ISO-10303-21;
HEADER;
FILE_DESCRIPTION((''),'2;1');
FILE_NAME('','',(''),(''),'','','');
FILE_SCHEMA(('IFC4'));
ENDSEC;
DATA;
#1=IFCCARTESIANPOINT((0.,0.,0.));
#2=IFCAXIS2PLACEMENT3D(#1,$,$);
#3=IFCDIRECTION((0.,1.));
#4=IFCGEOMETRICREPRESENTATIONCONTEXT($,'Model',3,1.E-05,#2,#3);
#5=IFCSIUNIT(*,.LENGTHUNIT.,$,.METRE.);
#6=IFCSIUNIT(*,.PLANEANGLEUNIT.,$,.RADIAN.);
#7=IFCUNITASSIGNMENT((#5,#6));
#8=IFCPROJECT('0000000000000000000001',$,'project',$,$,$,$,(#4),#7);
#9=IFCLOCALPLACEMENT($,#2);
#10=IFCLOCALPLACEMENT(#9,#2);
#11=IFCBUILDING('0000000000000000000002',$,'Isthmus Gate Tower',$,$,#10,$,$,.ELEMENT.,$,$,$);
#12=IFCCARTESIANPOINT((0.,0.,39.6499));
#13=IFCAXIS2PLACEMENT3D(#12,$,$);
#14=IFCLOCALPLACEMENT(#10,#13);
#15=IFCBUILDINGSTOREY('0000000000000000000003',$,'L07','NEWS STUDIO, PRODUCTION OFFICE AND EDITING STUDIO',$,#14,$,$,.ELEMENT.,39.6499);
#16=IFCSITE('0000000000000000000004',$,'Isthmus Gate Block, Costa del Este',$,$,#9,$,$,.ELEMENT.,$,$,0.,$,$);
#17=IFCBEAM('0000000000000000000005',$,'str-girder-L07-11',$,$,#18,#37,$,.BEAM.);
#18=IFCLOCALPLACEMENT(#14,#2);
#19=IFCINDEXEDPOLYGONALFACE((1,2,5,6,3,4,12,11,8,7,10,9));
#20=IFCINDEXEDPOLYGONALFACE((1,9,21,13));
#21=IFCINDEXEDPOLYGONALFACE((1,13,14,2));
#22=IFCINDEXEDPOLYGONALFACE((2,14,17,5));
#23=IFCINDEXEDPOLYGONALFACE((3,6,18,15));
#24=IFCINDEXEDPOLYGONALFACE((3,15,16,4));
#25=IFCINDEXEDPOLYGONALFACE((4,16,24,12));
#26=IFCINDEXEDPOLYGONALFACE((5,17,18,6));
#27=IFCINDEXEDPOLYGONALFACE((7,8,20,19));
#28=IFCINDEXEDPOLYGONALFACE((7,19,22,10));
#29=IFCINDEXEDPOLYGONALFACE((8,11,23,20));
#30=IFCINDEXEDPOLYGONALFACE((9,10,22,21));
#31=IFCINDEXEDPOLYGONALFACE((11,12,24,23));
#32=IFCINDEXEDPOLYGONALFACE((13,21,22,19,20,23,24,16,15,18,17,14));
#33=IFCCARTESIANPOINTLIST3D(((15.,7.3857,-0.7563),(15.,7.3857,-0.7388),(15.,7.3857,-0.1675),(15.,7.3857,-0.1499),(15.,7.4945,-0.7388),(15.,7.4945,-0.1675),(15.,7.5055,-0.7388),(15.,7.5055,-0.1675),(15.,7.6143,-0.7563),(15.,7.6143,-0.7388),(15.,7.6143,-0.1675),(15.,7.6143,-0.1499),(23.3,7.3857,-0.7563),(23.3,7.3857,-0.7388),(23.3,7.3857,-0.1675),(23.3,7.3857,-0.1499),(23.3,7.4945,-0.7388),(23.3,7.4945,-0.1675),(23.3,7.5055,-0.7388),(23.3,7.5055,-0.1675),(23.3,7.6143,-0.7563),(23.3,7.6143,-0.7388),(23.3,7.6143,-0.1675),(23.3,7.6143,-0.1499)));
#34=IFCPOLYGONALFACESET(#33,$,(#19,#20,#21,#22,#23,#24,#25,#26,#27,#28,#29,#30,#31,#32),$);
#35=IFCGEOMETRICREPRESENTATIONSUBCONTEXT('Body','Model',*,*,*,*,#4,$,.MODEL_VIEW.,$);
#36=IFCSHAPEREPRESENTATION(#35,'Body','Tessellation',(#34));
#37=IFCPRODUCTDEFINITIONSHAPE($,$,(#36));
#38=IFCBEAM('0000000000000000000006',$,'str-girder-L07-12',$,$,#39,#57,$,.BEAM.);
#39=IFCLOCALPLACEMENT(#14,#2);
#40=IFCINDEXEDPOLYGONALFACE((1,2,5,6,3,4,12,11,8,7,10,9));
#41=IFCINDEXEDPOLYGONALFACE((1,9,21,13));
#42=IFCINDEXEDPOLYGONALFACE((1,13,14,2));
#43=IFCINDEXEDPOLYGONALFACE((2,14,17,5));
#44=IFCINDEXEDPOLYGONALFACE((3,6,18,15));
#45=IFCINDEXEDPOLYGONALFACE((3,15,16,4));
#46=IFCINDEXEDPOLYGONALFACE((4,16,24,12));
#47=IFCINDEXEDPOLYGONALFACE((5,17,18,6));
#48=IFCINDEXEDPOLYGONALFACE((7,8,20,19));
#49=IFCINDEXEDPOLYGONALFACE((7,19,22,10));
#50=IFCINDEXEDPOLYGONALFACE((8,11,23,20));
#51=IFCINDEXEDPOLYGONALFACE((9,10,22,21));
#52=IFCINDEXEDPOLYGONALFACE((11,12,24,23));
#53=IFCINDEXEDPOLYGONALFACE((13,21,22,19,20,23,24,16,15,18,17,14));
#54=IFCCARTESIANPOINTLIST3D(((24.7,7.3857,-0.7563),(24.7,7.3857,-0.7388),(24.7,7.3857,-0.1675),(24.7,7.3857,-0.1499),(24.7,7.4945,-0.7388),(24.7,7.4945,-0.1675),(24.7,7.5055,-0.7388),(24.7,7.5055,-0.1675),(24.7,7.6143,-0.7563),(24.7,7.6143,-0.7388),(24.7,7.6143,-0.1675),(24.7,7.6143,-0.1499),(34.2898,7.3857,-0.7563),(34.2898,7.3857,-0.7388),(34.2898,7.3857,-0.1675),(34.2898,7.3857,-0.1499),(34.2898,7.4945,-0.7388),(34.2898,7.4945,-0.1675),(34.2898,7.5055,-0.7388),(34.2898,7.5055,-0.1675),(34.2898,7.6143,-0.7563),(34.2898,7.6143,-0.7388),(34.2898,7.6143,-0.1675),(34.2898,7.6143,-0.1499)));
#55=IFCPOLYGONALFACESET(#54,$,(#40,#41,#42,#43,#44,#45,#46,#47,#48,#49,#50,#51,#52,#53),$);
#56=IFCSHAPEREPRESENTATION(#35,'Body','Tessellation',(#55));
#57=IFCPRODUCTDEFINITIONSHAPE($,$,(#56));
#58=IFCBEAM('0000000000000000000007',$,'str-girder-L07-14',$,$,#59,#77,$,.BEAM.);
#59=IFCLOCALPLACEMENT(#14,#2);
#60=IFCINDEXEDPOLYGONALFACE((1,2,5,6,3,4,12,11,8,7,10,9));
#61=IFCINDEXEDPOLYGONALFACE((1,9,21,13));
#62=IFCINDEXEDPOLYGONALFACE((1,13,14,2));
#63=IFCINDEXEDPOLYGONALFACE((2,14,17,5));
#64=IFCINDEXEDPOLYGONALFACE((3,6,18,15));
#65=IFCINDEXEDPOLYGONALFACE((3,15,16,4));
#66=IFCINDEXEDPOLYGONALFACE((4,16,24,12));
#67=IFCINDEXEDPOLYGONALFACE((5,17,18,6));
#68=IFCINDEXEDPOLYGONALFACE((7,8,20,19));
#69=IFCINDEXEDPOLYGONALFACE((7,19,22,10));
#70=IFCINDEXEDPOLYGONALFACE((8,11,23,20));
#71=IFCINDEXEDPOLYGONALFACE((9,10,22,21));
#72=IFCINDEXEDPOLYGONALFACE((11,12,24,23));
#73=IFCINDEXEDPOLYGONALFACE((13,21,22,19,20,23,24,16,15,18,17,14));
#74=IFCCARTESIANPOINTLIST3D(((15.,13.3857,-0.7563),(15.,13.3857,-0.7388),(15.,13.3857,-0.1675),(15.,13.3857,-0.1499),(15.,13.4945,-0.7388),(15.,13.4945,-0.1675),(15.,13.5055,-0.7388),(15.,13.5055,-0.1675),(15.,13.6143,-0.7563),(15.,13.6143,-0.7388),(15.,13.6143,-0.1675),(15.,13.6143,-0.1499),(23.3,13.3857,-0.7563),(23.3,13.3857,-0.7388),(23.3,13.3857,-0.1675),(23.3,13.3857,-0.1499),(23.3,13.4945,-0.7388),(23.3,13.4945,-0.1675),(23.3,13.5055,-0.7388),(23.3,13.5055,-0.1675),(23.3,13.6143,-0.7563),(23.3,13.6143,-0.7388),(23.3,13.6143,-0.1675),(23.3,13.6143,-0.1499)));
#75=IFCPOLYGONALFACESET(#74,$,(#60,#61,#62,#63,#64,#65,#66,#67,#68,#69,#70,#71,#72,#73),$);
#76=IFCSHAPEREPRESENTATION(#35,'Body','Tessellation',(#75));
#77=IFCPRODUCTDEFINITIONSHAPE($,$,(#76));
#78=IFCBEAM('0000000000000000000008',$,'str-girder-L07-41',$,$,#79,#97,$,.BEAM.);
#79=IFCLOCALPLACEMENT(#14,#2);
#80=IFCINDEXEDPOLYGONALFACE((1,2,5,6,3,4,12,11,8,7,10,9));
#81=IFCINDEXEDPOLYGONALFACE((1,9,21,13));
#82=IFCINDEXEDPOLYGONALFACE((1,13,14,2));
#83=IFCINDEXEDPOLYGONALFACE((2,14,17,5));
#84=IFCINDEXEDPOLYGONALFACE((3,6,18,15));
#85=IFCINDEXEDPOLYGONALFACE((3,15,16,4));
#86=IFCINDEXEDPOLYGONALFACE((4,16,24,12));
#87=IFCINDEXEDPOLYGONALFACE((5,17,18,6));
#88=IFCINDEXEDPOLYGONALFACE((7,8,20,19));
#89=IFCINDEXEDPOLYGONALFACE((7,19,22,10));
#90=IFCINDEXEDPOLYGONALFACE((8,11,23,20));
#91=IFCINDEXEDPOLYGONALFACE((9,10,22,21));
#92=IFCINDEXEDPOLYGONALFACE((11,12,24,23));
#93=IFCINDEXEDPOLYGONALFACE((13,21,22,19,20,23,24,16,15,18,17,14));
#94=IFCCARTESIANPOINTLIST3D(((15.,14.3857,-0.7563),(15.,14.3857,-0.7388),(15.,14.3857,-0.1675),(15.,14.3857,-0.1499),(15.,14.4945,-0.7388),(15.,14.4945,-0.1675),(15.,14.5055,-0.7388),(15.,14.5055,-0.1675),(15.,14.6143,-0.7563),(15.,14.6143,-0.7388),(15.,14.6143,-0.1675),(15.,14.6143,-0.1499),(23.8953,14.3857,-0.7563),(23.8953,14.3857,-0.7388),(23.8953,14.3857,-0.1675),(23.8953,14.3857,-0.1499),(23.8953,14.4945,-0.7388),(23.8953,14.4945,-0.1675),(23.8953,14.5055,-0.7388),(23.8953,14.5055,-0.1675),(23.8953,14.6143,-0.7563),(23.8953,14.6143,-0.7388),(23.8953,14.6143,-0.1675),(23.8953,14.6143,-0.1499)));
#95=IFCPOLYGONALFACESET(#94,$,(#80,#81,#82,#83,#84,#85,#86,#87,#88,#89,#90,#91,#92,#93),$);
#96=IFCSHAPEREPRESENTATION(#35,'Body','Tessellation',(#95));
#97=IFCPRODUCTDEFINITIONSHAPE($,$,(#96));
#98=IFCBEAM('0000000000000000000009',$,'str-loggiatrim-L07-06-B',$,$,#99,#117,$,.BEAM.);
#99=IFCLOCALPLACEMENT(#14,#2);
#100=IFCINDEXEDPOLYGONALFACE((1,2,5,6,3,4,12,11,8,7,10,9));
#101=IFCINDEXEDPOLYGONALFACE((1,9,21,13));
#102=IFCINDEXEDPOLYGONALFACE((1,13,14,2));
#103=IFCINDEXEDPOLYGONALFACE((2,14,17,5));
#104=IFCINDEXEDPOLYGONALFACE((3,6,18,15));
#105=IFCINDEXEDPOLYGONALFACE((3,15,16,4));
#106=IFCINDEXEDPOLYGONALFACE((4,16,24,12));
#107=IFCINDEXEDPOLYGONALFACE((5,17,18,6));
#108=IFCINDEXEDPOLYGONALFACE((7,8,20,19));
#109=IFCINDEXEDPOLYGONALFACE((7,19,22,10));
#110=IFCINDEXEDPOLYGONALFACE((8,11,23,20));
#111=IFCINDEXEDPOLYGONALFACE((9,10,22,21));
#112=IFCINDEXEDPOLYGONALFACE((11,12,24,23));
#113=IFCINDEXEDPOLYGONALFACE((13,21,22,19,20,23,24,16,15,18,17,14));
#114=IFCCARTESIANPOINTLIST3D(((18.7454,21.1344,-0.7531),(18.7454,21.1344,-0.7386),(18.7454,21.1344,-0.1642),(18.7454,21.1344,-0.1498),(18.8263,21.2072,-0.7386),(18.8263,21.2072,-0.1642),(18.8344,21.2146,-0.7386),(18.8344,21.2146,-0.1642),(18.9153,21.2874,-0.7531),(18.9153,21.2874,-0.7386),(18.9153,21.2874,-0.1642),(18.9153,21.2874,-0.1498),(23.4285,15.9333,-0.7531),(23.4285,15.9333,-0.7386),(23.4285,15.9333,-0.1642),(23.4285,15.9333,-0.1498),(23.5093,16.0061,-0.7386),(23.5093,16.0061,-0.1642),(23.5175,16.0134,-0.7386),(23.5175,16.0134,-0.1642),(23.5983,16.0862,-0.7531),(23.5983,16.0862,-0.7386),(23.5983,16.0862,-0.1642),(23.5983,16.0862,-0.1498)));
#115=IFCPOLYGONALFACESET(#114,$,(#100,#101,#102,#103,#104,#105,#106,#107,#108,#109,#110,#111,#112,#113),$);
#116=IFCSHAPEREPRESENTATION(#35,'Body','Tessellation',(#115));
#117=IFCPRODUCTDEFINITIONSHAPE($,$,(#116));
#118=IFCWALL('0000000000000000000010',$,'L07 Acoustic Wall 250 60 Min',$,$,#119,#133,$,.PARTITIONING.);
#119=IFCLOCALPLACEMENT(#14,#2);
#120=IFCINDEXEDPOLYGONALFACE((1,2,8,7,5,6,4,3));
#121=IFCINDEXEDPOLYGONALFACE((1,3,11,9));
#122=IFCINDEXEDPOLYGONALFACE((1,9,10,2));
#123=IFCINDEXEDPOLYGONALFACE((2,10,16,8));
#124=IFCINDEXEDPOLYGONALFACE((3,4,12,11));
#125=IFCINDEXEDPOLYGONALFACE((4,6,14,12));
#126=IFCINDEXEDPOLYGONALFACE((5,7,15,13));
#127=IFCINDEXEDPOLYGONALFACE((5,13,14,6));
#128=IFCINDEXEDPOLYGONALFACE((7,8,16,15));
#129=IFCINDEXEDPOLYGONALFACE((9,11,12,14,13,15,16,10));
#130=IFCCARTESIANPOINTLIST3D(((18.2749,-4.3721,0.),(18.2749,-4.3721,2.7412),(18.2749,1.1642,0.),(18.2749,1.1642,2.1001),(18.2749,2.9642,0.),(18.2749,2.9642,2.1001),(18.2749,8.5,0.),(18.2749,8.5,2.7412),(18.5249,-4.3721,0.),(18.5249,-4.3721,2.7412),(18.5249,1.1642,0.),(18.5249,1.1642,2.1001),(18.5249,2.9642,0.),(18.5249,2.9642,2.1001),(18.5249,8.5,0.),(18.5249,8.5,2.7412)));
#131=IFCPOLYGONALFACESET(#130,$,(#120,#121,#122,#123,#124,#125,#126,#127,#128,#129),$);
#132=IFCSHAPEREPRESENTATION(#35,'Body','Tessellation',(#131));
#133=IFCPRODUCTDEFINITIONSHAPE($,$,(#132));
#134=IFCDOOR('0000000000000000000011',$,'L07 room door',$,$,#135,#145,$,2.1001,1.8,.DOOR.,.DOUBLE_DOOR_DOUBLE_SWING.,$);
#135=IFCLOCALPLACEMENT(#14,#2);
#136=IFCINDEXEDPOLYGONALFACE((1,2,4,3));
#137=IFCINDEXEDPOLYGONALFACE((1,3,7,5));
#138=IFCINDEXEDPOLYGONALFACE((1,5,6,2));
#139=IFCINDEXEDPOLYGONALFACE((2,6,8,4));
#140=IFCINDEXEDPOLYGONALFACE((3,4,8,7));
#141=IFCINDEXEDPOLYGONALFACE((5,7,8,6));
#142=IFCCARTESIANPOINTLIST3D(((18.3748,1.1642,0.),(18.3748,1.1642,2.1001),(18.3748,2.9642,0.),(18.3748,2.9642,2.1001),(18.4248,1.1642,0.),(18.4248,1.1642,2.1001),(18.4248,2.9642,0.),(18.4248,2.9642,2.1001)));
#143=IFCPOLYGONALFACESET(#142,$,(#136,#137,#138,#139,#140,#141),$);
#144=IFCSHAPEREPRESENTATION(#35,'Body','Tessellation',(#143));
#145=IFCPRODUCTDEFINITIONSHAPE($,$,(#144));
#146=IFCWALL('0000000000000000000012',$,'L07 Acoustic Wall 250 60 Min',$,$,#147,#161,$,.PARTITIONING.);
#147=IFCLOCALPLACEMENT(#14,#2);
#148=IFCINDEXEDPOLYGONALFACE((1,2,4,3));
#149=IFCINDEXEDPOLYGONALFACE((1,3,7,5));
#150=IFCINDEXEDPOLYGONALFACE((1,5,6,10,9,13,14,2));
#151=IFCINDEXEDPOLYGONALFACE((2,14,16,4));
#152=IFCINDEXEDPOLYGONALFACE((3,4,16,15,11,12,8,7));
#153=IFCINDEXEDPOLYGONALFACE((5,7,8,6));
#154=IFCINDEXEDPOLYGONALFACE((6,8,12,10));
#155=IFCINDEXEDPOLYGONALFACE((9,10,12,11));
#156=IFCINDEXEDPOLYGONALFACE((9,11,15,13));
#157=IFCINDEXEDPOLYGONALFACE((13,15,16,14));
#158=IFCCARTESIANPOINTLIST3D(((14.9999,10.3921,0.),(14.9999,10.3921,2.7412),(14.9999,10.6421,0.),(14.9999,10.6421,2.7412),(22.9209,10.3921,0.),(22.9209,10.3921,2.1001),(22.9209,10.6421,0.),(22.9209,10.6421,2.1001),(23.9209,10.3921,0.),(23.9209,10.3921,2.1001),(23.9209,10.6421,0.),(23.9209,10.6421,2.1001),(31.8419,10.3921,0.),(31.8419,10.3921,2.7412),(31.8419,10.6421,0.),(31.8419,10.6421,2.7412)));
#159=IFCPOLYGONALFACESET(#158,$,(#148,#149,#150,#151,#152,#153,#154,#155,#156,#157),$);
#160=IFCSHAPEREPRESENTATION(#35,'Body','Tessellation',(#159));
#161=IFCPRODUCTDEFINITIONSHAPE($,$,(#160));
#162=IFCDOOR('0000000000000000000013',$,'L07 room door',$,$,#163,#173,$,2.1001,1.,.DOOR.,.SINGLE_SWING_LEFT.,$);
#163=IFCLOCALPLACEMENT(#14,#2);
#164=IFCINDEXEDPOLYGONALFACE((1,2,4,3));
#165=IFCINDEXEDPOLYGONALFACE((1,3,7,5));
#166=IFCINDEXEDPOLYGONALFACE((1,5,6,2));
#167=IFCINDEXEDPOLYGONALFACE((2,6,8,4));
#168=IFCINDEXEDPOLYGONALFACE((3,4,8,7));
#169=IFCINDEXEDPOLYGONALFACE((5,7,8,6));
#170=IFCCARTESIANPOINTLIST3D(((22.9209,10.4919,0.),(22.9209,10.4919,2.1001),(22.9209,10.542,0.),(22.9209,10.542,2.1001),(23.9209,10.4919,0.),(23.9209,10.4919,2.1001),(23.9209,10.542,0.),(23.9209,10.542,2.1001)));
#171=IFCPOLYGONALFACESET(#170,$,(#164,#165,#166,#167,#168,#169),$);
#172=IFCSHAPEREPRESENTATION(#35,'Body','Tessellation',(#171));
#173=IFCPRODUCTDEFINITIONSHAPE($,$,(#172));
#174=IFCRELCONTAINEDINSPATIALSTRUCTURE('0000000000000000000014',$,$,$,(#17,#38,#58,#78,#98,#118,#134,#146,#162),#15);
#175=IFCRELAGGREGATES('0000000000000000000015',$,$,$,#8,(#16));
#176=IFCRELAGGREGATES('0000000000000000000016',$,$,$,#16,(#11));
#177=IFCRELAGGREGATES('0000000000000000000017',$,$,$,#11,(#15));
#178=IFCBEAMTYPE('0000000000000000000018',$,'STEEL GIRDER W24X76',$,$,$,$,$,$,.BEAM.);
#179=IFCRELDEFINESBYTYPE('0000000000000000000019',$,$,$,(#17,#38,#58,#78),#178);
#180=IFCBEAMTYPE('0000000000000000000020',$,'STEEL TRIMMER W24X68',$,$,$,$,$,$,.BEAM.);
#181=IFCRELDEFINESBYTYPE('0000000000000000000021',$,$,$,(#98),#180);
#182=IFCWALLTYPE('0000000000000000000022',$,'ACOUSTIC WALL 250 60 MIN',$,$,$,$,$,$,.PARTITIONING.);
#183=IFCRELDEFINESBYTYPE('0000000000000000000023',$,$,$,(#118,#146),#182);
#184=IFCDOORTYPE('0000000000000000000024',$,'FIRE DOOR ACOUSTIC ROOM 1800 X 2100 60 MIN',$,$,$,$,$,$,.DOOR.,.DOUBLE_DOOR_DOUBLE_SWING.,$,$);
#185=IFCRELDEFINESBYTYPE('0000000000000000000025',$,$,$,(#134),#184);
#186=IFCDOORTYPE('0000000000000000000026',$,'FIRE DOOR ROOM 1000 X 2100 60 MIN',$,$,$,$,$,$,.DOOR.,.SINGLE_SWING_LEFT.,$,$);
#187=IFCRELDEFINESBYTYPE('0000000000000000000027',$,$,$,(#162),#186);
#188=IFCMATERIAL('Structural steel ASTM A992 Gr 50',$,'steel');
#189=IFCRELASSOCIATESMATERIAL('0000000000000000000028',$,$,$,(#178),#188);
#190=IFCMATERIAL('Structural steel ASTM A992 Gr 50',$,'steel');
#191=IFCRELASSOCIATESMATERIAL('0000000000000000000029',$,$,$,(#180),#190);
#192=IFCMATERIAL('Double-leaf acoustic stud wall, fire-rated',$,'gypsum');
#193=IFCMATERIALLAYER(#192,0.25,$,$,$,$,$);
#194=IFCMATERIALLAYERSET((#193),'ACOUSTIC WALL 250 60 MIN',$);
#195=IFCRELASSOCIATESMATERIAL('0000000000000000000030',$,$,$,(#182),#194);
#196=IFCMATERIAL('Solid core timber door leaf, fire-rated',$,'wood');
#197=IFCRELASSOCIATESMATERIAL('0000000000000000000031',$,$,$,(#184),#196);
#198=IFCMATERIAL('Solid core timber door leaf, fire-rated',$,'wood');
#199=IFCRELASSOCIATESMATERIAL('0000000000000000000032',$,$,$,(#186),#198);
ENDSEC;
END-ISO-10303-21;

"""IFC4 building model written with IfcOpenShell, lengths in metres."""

from ifc_helpers import new_model, si_unit, direction, frame, frame_2d, origin, origin_2d, place, context, subcontext, project, spatial, rectangle, i_section, extrude, material, layer, layer_set, material_profile, profile_set, type_object, element, fill, save


model = new_model("IFC4")

# Units and contexts
model_context = context("Model", 3, precision=1e-05, world=origin(), true_north=direction((0.0, 1.0)))
body_context = subcontext(model_context, "Body", "Model", "MODEL_VIEW")
ifc_project = project(units=[si_unit("LENGTHUNIT", "METRE"), si_unit("PLANEANGLEUNIT", "RADIAN")], contexts=[model_context])

# Site, building, storey
site_placement = place(None, origin())
site = spatial("IfcSite", under=ifc_project, at=site_placement, Name="Isthmus Gate Block, Costa del Este", CompositionType="ELEMENT", RefElevation=0.0)
building_placement = place(site_placement, origin())
building = spatial("IfcBuilding", under=site, at=building_placement, Name="Isthmus Gate Tower", CompositionType="ELEMENT")
storey_placement = place(building_placement, frame((0.0, 0.0, 39.6499)))
storey = spatial("IfcBuildingStorey", under=building, at=storey_placement, Name="L07", Description="NEWS STUDIO, PRODUCTION OFFICE AND EDITING STUDIO", CompositionType="ELEMENT", Elevation=39.6499)

# Beams
ifc_material_1 = material(Name="Structural steel ASTM A992 Gr 50", Category="steel")
ifc_material_profile_1 = material_profile(ifc_material_1, i_section(OverallWidth=0.2285, OverallDepth=0.6064, WebThickness=0.011, FlangeThickness=0.0176, at=origin_2d()), Name="W24X76")
ifc_profile_set_1 = profile_set([ifc_material_profile_1], Name="Structural steel ASTM A992 Gr 50")
beam_type_1 = type_object("IfcBeamType", Name="STEEL GIRDER W24X76", PredefinedType="BEAM", material=ifc_profile_set_1)
beam_1_placement = place(storey_placement, frame((15.0, 7.5, -0.4531), z_axis=(1.0, 0.0, 0.0), x_axis=(0.0, 1.0, 0.0)))
element("IfcBeam", 1, at=beam_1_placement, inside=storey, type_object=beam_type_1, Name="str-girder-L07-11", PredefinedType="BEAM", context=body_context, shape_type="SweptSolid", body=[
    extrude(i_section(OverallWidth=0.2285, OverallDepth=0.6064, WebThickness=0.011, FlangeThickness=0.0176, at=origin_2d()), origin(), (0.0, 0.0, 1.0), 8.3),
])
beam_2_placement = place(storey_placement, frame((24.7, 7.5, -0.4531), z_axis=(1.0, 0.0, 0.0), x_axis=(0.0, 1.0, 0.0)))
element("IfcBeam", 2, at=beam_2_placement, inside=storey, type_object=beam_type_1, Name="str-girder-L07-12", PredefinedType="BEAM", context=body_context, shape_type="SweptSolid", body=[
    extrude(i_section(OverallWidth=0.2285, OverallDepth=0.6064, WebThickness=0.011, FlangeThickness=0.0176, at=origin_2d()), origin(), (0.0, 0.0, 1.0), 9.5898),
])
beam_3_placement = place(storey_placement, frame((15.0, 13.5, -0.4531), z_axis=(1.0, 0.0, 0.0), x_axis=(0.0, 1.0, 0.0)))
element("IfcBeam", 3, at=beam_3_placement, inside=storey, type_object=beam_type_1, Name="str-girder-L07-14", PredefinedType="BEAM", context=body_context, shape_type="SweptSolid", body=[
    extrude(i_section(OverallWidth=0.2285, OverallDepth=0.6064, WebThickness=0.011, FlangeThickness=0.0176, at=origin_2d()), origin(), (0.0, 0.0, 1.0), 8.3),
])
beam_4_placement = place(storey_placement, frame((15.0, 14.5, -0.4531), z_axis=(1.0, 0.0, 0.0), x_axis=(0.0, 1.0, 0.0)))
element("IfcBeam", 4, at=beam_4_placement, inside=storey, type_object=beam_type_1, Name="str-girder-L07-41", PredefinedType="BEAM", context=body_context, shape_type="SweptSolid", body=[
    extrude(i_section(OverallWidth=0.2285, OverallDepth=0.6064, WebThickness=0.011, FlangeThickness=0.0176, at=origin_2d()), origin(), (0.0, 0.0, 1.0), 8.8953),
])
ifc_material_2 = material(Name="Structural steel ASTM A992 Gr 50", Category="steel")
ifc_material_profile_2 = material_profile(ifc_material_2, i_section(OverallWidth=0.2285, OverallDepth=0.6033, WebThickness=0.011, FlangeThickness=0.0144, at=origin_2d()), Name="W24X68")
ifc_profile_set_2 = profile_set([ifc_material_profile_2], Name="Structural steel ASTM A992 Gr 50")
beam_type_2 = type_object("IfcBeamType", Name="STEEL TRIMMER W24X68", PredefinedType="BEAM", material=ifc_profile_set_2)
beam_5_placement = place(storey_placement, frame((23.5134, 16.0098, -0.4514), z_axis=(-0.669127, 0.743148, 0.0), x_axis=(-0.743148, -0.669127, 0.0)))
element("IfcBeam", 5, at=beam_5_placement, inside=storey, type_object=beam_type_2, Name="str-loggiatrim-L07-06-B", PredefinedType="BEAM", context=body_context, shape_type="SweptSolid", body=[
    extrude(i_section(OverallWidth=0.2285, OverallDepth=0.6033, WebThickness=0.011, FlangeThickness=0.0144, at=origin_2d()), origin(), (0.0, 0.0, 1.0), 6.9988),
])

# Walls, openings, doors
ifc_material_3 = material(Name="Double-leaf acoustic stud wall, fire-rated", Category="gypsum")
ifc_layer = layer(ifc_material_3, 0.25)
ifc_layer_set = layer_set([ifc_layer], Name="ACOUSTIC WALL 250 60 MIN")
wall_type = type_object("IfcWallType", Name="ACOUSTIC WALL 250 60 MIN", PredefinedType="PARTITIONING", material=ifc_layer_set)
wall_1_placement = place(storey_placement, frame((18.3999, 8.5, 0.0), z_axis=(0.0, 0.0, 1.0), x_axis=(0.0, -1.0, 0.0)))
wall_1 = element("IfcWall", 6, at=wall_1_placement, inside=storey, type_object=wall_type, Name="L07 Acoustic Wall 250 60 Min", PredefinedType="PARTITIONING", context=body_context, shape_type="SweptSolid", body=[
    extrude(rectangle(XDim=12.8721, YDim=0.25, at=frame_2d((6.436, 0.0))), origin(), (0.0, 0.0, 1.0), 2.7412),
])
opening_1_placement = place(wall_1_placement, frame((5.5359, 0.0, 0.0)))
opening_1 = element("IfcOpeningElement", 7, at=opening_1_placement, cuts=wall_1, PredefinedType="OPENING", context=body_context, shape_type="SweptSolid", body=[
    extrude(rectangle(XDim=1.8, YDim=2.1001, at=frame_2d((0.8999, 1.05))), frame((0.0, 0.135, 0.0), z_axis=(0.0, -1.0, 0.0), x_axis=(1.0, 0.0, 0.0)), (0.0, 0.0, 1.0), 0.27),
])
ifc_material_4 = material(Name="Solid core timber door leaf, fire-rated", Category="wood")
door_type_1 = type_object("IfcDoorType", Name="FIRE DOOR ACOUSTIC ROOM 1800 X 2100 60 MIN", OperationType="DOUBLE_DOOR_DOUBLE_SWING", PredefinedType="DOOR", material=ifc_material_4)
door_1_placement = place(opening_1_placement, origin())
door_1 = element("IfcDoor", 8, at=door_1_placement, inside=storey, type_object=door_type_1, Name="L07 room door", OperationType="DOUBLE_DOOR_DOUBLE_SWING", OverallHeight=2.1001, OverallWidth=1.8, PredefinedType="DOOR", context=body_context, shape_type="SweptSolid", body=[
    extrude(rectangle(XDim=1.8, YDim=2.1001, at=frame_2d((0.8999, 1.05))), frame((0.0, 0.0249, 0.0), z_axis=(0.0, -1.0, 0.0), x_axis=(1.0, 0.0, 0.0)), (0.0, 0.0, 1.0), 0.05),
])
fill(opening_1, door_1)
wall_2_placement = place(storey_placement, frame((15.0, 10.5171, 0.0), z_axis=(0.0, 0.0, 1.0), x_axis=(1.0, 0.0, 0.0)))
wall_2 = element("IfcWall", 9, at=wall_2_placement, inside=storey, type_object=wall_type, Name="L07 Acoustic Wall 250 60 Min", PredefinedType="PARTITIONING", context=body_context, shape_type="SweptSolid", body=[
    extrude(rectangle(XDim=16.842, YDim=0.25, at=frame_2d((8.4209, 0.0))), origin(), (0.0, 0.0, 1.0), 2.7412),
])
opening_2_placement = place(wall_2_placement, frame((7.9209, 0.0, 0.0)))
opening_2 = element("IfcOpeningElement", 10, at=opening_2_placement, cuts=wall_2, PredefinedType="OPENING", context=body_context, shape_type="SweptSolid", body=[
    extrude(rectangle(XDim=1.0, YDim=2.1001, at=frame_2d((0.5, 1.05))), frame((0.0, 0.135, 0.0), z_axis=(0.0, -1.0, 0.0), x_axis=(1.0, 0.0, 0.0)), (0.0, 0.0, 1.0), 0.27),
])
ifc_material_5 = material(Name="Solid core timber door leaf, fire-rated", Category="wood")
door_type_2 = type_object("IfcDoorType", Name="FIRE DOOR ROOM 1000 X 2100 60 MIN", OperationType="SINGLE_SWING_LEFT", PredefinedType="DOOR", material=ifc_material_5)
door_2_placement = place(opening_2_placement, origin())
door_2 = element("IfcDoor", 11, at=door_2_placement, inside=storey, type_object=door_type_2, Name="L07 room door", OperationType="SINGLE_SWING_LEFT", OverallHeight=2.1001, OverallWidth=1.0, PredefinedType="DOOR", context=body_context, shape_type="SweptSolid", body=[
    extrude(rectangle(XDim=1.0, YDim=2.1001, at=frame_2d((0.5, 1.05))), frame((0.0, 0.0249, 0.0), z_axis=(0.0, -1.0, 0.0), x_axis=(1.0, 0.0, 0.0)), (0.0, 0.0, 1.0), 0.05),
])
fill(opening_2, door_2)

save(model, "model.ifc")
